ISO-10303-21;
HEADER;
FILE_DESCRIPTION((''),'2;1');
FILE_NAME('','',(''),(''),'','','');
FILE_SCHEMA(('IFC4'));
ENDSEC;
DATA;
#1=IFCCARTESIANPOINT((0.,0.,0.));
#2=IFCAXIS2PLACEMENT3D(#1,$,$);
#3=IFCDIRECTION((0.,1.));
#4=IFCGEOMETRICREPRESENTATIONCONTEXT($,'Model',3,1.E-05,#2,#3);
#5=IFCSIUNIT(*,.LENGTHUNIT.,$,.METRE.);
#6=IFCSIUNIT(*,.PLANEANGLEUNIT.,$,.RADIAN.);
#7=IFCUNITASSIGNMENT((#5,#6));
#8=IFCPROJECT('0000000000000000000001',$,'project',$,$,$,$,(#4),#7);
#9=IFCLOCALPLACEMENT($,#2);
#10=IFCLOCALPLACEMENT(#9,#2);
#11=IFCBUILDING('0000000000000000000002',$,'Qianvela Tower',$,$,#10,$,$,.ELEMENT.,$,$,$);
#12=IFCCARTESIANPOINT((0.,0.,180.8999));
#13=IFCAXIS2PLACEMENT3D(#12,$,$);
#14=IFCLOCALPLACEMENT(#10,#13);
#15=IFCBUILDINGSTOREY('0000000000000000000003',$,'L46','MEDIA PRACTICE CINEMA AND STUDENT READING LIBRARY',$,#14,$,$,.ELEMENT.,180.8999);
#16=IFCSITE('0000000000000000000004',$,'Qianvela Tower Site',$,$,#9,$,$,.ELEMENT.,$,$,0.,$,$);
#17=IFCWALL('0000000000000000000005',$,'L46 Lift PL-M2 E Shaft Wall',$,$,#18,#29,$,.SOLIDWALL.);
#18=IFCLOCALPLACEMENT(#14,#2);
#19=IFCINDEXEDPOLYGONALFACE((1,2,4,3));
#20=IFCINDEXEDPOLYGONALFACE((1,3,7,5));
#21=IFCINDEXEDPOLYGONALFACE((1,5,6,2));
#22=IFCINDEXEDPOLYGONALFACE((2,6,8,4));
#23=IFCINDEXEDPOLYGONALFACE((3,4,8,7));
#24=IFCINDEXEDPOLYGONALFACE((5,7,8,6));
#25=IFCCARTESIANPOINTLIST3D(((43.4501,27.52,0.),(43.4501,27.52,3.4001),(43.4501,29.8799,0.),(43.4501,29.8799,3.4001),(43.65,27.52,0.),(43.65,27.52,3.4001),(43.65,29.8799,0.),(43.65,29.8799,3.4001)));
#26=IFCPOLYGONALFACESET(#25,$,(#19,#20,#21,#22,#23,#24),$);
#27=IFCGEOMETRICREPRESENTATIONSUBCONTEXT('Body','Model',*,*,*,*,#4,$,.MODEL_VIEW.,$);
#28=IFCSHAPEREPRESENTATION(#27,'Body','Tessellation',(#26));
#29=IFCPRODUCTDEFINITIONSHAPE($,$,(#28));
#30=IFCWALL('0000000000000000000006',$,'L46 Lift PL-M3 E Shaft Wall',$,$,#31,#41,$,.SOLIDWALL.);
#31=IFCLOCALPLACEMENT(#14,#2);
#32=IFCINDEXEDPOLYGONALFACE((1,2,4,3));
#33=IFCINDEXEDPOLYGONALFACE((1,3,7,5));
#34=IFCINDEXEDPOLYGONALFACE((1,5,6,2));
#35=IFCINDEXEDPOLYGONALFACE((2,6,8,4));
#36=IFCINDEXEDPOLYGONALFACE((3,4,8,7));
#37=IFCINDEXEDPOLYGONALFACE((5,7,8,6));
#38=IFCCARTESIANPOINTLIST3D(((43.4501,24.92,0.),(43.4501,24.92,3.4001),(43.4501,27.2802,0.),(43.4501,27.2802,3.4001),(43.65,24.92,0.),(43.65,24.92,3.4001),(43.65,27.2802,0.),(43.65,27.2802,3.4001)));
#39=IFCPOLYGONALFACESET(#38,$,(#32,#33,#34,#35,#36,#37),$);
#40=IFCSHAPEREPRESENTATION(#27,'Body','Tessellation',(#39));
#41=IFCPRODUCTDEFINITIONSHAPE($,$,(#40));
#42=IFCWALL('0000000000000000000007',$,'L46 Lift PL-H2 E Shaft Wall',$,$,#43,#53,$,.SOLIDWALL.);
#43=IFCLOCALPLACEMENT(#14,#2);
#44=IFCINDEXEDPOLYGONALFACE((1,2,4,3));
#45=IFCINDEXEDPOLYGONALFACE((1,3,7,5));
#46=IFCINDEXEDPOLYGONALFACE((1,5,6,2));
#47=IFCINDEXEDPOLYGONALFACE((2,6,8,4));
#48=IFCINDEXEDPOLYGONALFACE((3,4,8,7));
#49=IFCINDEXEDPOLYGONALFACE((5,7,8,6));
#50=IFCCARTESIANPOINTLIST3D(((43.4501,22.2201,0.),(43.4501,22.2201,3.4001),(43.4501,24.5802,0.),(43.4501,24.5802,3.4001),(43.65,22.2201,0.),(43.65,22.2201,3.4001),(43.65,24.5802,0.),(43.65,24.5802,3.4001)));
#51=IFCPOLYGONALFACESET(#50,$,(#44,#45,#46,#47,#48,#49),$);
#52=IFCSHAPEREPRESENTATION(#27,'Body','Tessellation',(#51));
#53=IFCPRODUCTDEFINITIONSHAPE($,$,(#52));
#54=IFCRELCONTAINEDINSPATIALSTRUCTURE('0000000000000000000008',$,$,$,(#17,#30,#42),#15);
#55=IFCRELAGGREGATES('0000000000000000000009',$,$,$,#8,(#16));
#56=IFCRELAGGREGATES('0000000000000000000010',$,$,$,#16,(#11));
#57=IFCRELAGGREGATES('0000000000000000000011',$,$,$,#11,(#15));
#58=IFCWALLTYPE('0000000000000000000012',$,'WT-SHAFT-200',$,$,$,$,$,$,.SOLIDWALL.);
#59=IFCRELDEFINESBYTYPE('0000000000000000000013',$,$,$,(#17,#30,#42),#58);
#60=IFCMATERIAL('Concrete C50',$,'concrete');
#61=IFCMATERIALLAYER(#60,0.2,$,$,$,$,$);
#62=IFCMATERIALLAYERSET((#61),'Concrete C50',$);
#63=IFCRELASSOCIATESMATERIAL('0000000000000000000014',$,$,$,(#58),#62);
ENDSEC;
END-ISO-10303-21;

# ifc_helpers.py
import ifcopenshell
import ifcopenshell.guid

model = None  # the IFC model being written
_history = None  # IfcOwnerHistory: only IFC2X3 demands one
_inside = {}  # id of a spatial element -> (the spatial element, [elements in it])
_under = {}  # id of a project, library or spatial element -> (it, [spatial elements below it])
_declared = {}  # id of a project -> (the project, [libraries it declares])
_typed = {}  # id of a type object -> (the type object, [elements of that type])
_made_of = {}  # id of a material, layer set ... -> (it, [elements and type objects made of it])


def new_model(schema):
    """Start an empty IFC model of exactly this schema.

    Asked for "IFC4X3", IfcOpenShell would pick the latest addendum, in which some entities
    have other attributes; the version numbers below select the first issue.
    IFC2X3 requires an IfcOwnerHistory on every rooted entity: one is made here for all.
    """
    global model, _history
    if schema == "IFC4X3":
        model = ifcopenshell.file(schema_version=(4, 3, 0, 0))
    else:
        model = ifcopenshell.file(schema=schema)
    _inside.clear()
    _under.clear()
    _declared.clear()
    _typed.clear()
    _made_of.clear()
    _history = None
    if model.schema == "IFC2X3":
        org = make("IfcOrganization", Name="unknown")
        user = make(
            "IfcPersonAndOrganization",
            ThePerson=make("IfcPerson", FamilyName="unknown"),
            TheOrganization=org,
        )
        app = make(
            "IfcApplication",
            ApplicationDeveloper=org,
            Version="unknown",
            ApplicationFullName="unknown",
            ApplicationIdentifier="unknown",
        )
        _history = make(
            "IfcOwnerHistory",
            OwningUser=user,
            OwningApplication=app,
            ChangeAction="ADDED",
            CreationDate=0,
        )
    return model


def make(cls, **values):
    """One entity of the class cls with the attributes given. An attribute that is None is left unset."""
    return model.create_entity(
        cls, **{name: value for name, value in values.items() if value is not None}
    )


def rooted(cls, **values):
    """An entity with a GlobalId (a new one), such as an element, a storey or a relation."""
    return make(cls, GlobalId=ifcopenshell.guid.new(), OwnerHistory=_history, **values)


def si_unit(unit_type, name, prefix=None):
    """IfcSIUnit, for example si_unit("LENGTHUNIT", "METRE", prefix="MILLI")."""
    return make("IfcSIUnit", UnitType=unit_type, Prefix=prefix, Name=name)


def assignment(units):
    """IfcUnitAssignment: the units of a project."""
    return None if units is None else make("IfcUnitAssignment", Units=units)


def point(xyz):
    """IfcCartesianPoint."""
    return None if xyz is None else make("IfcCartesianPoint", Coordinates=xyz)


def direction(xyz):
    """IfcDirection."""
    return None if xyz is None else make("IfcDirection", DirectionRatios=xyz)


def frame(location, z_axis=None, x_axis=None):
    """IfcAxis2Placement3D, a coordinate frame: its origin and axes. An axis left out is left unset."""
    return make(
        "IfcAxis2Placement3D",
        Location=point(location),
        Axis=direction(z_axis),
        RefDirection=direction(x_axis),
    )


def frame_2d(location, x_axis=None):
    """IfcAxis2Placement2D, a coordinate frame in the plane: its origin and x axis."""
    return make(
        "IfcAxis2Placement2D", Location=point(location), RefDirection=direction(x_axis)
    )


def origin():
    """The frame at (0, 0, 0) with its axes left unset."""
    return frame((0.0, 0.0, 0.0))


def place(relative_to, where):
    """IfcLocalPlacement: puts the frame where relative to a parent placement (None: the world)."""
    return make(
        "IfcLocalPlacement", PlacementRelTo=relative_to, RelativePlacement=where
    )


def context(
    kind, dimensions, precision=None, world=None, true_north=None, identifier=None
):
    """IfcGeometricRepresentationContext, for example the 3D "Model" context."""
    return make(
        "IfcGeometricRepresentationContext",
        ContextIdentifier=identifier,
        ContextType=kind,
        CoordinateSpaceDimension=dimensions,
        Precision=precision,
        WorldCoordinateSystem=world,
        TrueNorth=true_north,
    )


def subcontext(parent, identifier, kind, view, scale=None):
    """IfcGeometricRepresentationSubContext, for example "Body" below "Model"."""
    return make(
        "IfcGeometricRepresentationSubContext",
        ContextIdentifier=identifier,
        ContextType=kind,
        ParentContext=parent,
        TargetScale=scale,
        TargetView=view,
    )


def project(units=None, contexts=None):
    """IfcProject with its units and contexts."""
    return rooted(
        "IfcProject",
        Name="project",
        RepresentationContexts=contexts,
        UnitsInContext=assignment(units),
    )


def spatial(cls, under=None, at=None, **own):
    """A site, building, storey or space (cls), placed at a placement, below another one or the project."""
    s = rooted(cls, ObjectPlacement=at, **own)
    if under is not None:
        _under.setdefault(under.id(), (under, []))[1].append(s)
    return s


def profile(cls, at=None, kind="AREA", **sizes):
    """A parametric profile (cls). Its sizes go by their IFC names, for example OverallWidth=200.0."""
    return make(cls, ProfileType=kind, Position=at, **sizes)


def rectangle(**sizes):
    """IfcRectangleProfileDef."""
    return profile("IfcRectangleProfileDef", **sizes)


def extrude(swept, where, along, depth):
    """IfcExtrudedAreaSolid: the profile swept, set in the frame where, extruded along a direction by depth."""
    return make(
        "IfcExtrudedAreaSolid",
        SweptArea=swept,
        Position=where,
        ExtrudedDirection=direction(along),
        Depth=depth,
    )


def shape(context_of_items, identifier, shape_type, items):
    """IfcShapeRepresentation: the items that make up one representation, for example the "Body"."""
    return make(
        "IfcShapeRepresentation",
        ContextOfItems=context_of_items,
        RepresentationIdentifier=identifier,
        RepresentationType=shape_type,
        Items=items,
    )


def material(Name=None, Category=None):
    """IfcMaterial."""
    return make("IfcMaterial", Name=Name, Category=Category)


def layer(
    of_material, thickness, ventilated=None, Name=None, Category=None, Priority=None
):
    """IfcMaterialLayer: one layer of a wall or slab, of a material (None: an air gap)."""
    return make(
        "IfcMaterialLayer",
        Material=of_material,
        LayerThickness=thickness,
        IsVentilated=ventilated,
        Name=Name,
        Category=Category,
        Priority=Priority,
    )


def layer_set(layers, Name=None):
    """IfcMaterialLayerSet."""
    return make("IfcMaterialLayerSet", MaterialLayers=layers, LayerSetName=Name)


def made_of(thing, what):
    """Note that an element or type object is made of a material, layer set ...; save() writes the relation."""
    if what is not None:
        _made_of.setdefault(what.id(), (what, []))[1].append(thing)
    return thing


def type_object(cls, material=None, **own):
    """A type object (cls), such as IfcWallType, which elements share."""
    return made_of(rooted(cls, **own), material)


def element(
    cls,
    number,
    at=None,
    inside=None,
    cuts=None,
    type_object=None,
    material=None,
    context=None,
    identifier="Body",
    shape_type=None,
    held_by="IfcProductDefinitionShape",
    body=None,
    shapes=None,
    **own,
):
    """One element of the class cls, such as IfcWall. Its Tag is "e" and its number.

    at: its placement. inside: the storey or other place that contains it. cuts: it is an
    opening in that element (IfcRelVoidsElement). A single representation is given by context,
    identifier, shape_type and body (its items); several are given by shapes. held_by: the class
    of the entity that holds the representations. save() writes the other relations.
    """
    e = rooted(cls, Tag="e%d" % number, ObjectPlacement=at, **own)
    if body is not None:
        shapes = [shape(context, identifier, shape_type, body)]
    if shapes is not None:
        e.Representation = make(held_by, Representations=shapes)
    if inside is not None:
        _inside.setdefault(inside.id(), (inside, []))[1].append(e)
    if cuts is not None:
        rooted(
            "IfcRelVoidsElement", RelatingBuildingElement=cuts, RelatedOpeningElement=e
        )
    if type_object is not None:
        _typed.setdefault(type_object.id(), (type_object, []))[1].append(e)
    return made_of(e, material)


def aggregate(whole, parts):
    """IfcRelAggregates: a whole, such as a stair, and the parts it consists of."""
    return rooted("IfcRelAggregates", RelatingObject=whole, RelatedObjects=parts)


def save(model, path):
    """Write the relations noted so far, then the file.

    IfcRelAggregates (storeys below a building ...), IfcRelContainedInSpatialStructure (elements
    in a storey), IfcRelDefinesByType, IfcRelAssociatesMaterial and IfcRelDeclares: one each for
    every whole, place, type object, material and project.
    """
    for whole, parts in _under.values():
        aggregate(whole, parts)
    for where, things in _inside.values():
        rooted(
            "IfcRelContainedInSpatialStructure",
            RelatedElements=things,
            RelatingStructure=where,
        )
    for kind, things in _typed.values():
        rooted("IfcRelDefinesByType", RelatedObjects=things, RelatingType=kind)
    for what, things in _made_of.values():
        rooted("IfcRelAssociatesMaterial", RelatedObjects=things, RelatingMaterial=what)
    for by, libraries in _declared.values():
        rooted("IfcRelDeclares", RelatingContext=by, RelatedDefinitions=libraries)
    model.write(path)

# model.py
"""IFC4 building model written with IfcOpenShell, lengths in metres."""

from ifc_helpers import new_model, si_unit, direction, frame, frame_2d, origin, place, context, subcontext, project, spatial, rectangle, extrude, material, layer, layer_set, type_object, element, save


model = new_model("IFC4")

# Units and contexts
model_context = context("Model", 3, precision=1e-05, world=origin(), true_north=direction((0.0, 1.0)))
body_context = subcontext(model_context, "Body", "Model", "MODEL_VIEW")
ifc_project = project(units=[si_unit("LENGTHUNIT", "METRE"), si_unit("PLANEANGLEUNIT", "RADIAN")], contexts=[model_context])

# Site, building, storey
site_placement = place(None, origin())
site = spatial("IfcSite", under=ifc_project, at=site_placement, Name="Qianvela Tower Site", CompositionType="ELEMENT", RefElevation=0.0)
building_placement = place(site_placement, origin())
building = spatial("IfcBuilding", under=site, at=building_placement, Name="Qianvela Tower", CompositionType="ELEMENT")
storey_placement = place(building_placement, frame((0.0, 0.0, 180.8999)))
storey = spatial("IfcBuildingStorey", under=building, at=storey_placement, Name="L46", Description="MEDIA PRACTICE CINEMA AND STUDENT READING LIBRARY", CompositionType="ELEMENT", Elevation=180.8999)

# Walls
ifc_material_1 = material(Name="Concrete C50", Category="concrete")
ifc_layer_1 = layer(ifc_material_1, 0.2)
ifc_layer_set_1 = layer_set([ifc_layer_1], Name="Concrete C50")
wall_type_1 = type_object("IfcWallType", Name="WT-SHAFT-200", PredefinedType="SOLIDWALL", material=ifc_layer_set_1)
wall_1_placement = place(storey_placement, frame((43.55, 27.52, 0.0), z_axis=(0.0, 0.0, 1.0), x_axis=(0.0, 1.0, 0.0)))
element("IfcWall", 1, at=wall_1_placement, inside=storey, type_object=wall_type_1, Name="L46 Lift PL-M2 E Shaft Wall", PredefinedType="SOLIDWALL", context=body_context, shape_type="SweptSolid", body=[
    extrude(rectangle(XDim=2.3599, YDim=0.2, at=frame_2d((1.1799, 0.0))), origin(), (0.0, 0.0, 1.0), 3.4001),
])
for number, where, z_axis, x_axis, name in (
    (2, (43.55, 24.9199, 0.0), (0.0, 0.0, 1.0), (0.0, 1.0, 0.0), "L46 Lift PL-M3 E Shaft Wall"),
    (3, (43.55, 22.22, 0.0), (0.0, 0.0, 1.0), (0.0, 1.0, 0.0), "L46 Lift PL-H2 E Shaft Wall"),
):
    element("IfcWall", number, at=place(storey_placement, frame(where, z_axis=z_axis, x_axis=x_axis)), inside=storey, type_object=wall_type_1, Name=name, PredefinedType="SOLIDWALL", context=body_context, shape_type="SweptSolid", body=[
        extrude(rectangle(XDim=2.3601, YDim=0.2, at=frame_2d((1.1802, 0.0))), origin(), (0.0, 0.0, 1.0), 3.4001),
    ])

save(model, "model.ifc")
